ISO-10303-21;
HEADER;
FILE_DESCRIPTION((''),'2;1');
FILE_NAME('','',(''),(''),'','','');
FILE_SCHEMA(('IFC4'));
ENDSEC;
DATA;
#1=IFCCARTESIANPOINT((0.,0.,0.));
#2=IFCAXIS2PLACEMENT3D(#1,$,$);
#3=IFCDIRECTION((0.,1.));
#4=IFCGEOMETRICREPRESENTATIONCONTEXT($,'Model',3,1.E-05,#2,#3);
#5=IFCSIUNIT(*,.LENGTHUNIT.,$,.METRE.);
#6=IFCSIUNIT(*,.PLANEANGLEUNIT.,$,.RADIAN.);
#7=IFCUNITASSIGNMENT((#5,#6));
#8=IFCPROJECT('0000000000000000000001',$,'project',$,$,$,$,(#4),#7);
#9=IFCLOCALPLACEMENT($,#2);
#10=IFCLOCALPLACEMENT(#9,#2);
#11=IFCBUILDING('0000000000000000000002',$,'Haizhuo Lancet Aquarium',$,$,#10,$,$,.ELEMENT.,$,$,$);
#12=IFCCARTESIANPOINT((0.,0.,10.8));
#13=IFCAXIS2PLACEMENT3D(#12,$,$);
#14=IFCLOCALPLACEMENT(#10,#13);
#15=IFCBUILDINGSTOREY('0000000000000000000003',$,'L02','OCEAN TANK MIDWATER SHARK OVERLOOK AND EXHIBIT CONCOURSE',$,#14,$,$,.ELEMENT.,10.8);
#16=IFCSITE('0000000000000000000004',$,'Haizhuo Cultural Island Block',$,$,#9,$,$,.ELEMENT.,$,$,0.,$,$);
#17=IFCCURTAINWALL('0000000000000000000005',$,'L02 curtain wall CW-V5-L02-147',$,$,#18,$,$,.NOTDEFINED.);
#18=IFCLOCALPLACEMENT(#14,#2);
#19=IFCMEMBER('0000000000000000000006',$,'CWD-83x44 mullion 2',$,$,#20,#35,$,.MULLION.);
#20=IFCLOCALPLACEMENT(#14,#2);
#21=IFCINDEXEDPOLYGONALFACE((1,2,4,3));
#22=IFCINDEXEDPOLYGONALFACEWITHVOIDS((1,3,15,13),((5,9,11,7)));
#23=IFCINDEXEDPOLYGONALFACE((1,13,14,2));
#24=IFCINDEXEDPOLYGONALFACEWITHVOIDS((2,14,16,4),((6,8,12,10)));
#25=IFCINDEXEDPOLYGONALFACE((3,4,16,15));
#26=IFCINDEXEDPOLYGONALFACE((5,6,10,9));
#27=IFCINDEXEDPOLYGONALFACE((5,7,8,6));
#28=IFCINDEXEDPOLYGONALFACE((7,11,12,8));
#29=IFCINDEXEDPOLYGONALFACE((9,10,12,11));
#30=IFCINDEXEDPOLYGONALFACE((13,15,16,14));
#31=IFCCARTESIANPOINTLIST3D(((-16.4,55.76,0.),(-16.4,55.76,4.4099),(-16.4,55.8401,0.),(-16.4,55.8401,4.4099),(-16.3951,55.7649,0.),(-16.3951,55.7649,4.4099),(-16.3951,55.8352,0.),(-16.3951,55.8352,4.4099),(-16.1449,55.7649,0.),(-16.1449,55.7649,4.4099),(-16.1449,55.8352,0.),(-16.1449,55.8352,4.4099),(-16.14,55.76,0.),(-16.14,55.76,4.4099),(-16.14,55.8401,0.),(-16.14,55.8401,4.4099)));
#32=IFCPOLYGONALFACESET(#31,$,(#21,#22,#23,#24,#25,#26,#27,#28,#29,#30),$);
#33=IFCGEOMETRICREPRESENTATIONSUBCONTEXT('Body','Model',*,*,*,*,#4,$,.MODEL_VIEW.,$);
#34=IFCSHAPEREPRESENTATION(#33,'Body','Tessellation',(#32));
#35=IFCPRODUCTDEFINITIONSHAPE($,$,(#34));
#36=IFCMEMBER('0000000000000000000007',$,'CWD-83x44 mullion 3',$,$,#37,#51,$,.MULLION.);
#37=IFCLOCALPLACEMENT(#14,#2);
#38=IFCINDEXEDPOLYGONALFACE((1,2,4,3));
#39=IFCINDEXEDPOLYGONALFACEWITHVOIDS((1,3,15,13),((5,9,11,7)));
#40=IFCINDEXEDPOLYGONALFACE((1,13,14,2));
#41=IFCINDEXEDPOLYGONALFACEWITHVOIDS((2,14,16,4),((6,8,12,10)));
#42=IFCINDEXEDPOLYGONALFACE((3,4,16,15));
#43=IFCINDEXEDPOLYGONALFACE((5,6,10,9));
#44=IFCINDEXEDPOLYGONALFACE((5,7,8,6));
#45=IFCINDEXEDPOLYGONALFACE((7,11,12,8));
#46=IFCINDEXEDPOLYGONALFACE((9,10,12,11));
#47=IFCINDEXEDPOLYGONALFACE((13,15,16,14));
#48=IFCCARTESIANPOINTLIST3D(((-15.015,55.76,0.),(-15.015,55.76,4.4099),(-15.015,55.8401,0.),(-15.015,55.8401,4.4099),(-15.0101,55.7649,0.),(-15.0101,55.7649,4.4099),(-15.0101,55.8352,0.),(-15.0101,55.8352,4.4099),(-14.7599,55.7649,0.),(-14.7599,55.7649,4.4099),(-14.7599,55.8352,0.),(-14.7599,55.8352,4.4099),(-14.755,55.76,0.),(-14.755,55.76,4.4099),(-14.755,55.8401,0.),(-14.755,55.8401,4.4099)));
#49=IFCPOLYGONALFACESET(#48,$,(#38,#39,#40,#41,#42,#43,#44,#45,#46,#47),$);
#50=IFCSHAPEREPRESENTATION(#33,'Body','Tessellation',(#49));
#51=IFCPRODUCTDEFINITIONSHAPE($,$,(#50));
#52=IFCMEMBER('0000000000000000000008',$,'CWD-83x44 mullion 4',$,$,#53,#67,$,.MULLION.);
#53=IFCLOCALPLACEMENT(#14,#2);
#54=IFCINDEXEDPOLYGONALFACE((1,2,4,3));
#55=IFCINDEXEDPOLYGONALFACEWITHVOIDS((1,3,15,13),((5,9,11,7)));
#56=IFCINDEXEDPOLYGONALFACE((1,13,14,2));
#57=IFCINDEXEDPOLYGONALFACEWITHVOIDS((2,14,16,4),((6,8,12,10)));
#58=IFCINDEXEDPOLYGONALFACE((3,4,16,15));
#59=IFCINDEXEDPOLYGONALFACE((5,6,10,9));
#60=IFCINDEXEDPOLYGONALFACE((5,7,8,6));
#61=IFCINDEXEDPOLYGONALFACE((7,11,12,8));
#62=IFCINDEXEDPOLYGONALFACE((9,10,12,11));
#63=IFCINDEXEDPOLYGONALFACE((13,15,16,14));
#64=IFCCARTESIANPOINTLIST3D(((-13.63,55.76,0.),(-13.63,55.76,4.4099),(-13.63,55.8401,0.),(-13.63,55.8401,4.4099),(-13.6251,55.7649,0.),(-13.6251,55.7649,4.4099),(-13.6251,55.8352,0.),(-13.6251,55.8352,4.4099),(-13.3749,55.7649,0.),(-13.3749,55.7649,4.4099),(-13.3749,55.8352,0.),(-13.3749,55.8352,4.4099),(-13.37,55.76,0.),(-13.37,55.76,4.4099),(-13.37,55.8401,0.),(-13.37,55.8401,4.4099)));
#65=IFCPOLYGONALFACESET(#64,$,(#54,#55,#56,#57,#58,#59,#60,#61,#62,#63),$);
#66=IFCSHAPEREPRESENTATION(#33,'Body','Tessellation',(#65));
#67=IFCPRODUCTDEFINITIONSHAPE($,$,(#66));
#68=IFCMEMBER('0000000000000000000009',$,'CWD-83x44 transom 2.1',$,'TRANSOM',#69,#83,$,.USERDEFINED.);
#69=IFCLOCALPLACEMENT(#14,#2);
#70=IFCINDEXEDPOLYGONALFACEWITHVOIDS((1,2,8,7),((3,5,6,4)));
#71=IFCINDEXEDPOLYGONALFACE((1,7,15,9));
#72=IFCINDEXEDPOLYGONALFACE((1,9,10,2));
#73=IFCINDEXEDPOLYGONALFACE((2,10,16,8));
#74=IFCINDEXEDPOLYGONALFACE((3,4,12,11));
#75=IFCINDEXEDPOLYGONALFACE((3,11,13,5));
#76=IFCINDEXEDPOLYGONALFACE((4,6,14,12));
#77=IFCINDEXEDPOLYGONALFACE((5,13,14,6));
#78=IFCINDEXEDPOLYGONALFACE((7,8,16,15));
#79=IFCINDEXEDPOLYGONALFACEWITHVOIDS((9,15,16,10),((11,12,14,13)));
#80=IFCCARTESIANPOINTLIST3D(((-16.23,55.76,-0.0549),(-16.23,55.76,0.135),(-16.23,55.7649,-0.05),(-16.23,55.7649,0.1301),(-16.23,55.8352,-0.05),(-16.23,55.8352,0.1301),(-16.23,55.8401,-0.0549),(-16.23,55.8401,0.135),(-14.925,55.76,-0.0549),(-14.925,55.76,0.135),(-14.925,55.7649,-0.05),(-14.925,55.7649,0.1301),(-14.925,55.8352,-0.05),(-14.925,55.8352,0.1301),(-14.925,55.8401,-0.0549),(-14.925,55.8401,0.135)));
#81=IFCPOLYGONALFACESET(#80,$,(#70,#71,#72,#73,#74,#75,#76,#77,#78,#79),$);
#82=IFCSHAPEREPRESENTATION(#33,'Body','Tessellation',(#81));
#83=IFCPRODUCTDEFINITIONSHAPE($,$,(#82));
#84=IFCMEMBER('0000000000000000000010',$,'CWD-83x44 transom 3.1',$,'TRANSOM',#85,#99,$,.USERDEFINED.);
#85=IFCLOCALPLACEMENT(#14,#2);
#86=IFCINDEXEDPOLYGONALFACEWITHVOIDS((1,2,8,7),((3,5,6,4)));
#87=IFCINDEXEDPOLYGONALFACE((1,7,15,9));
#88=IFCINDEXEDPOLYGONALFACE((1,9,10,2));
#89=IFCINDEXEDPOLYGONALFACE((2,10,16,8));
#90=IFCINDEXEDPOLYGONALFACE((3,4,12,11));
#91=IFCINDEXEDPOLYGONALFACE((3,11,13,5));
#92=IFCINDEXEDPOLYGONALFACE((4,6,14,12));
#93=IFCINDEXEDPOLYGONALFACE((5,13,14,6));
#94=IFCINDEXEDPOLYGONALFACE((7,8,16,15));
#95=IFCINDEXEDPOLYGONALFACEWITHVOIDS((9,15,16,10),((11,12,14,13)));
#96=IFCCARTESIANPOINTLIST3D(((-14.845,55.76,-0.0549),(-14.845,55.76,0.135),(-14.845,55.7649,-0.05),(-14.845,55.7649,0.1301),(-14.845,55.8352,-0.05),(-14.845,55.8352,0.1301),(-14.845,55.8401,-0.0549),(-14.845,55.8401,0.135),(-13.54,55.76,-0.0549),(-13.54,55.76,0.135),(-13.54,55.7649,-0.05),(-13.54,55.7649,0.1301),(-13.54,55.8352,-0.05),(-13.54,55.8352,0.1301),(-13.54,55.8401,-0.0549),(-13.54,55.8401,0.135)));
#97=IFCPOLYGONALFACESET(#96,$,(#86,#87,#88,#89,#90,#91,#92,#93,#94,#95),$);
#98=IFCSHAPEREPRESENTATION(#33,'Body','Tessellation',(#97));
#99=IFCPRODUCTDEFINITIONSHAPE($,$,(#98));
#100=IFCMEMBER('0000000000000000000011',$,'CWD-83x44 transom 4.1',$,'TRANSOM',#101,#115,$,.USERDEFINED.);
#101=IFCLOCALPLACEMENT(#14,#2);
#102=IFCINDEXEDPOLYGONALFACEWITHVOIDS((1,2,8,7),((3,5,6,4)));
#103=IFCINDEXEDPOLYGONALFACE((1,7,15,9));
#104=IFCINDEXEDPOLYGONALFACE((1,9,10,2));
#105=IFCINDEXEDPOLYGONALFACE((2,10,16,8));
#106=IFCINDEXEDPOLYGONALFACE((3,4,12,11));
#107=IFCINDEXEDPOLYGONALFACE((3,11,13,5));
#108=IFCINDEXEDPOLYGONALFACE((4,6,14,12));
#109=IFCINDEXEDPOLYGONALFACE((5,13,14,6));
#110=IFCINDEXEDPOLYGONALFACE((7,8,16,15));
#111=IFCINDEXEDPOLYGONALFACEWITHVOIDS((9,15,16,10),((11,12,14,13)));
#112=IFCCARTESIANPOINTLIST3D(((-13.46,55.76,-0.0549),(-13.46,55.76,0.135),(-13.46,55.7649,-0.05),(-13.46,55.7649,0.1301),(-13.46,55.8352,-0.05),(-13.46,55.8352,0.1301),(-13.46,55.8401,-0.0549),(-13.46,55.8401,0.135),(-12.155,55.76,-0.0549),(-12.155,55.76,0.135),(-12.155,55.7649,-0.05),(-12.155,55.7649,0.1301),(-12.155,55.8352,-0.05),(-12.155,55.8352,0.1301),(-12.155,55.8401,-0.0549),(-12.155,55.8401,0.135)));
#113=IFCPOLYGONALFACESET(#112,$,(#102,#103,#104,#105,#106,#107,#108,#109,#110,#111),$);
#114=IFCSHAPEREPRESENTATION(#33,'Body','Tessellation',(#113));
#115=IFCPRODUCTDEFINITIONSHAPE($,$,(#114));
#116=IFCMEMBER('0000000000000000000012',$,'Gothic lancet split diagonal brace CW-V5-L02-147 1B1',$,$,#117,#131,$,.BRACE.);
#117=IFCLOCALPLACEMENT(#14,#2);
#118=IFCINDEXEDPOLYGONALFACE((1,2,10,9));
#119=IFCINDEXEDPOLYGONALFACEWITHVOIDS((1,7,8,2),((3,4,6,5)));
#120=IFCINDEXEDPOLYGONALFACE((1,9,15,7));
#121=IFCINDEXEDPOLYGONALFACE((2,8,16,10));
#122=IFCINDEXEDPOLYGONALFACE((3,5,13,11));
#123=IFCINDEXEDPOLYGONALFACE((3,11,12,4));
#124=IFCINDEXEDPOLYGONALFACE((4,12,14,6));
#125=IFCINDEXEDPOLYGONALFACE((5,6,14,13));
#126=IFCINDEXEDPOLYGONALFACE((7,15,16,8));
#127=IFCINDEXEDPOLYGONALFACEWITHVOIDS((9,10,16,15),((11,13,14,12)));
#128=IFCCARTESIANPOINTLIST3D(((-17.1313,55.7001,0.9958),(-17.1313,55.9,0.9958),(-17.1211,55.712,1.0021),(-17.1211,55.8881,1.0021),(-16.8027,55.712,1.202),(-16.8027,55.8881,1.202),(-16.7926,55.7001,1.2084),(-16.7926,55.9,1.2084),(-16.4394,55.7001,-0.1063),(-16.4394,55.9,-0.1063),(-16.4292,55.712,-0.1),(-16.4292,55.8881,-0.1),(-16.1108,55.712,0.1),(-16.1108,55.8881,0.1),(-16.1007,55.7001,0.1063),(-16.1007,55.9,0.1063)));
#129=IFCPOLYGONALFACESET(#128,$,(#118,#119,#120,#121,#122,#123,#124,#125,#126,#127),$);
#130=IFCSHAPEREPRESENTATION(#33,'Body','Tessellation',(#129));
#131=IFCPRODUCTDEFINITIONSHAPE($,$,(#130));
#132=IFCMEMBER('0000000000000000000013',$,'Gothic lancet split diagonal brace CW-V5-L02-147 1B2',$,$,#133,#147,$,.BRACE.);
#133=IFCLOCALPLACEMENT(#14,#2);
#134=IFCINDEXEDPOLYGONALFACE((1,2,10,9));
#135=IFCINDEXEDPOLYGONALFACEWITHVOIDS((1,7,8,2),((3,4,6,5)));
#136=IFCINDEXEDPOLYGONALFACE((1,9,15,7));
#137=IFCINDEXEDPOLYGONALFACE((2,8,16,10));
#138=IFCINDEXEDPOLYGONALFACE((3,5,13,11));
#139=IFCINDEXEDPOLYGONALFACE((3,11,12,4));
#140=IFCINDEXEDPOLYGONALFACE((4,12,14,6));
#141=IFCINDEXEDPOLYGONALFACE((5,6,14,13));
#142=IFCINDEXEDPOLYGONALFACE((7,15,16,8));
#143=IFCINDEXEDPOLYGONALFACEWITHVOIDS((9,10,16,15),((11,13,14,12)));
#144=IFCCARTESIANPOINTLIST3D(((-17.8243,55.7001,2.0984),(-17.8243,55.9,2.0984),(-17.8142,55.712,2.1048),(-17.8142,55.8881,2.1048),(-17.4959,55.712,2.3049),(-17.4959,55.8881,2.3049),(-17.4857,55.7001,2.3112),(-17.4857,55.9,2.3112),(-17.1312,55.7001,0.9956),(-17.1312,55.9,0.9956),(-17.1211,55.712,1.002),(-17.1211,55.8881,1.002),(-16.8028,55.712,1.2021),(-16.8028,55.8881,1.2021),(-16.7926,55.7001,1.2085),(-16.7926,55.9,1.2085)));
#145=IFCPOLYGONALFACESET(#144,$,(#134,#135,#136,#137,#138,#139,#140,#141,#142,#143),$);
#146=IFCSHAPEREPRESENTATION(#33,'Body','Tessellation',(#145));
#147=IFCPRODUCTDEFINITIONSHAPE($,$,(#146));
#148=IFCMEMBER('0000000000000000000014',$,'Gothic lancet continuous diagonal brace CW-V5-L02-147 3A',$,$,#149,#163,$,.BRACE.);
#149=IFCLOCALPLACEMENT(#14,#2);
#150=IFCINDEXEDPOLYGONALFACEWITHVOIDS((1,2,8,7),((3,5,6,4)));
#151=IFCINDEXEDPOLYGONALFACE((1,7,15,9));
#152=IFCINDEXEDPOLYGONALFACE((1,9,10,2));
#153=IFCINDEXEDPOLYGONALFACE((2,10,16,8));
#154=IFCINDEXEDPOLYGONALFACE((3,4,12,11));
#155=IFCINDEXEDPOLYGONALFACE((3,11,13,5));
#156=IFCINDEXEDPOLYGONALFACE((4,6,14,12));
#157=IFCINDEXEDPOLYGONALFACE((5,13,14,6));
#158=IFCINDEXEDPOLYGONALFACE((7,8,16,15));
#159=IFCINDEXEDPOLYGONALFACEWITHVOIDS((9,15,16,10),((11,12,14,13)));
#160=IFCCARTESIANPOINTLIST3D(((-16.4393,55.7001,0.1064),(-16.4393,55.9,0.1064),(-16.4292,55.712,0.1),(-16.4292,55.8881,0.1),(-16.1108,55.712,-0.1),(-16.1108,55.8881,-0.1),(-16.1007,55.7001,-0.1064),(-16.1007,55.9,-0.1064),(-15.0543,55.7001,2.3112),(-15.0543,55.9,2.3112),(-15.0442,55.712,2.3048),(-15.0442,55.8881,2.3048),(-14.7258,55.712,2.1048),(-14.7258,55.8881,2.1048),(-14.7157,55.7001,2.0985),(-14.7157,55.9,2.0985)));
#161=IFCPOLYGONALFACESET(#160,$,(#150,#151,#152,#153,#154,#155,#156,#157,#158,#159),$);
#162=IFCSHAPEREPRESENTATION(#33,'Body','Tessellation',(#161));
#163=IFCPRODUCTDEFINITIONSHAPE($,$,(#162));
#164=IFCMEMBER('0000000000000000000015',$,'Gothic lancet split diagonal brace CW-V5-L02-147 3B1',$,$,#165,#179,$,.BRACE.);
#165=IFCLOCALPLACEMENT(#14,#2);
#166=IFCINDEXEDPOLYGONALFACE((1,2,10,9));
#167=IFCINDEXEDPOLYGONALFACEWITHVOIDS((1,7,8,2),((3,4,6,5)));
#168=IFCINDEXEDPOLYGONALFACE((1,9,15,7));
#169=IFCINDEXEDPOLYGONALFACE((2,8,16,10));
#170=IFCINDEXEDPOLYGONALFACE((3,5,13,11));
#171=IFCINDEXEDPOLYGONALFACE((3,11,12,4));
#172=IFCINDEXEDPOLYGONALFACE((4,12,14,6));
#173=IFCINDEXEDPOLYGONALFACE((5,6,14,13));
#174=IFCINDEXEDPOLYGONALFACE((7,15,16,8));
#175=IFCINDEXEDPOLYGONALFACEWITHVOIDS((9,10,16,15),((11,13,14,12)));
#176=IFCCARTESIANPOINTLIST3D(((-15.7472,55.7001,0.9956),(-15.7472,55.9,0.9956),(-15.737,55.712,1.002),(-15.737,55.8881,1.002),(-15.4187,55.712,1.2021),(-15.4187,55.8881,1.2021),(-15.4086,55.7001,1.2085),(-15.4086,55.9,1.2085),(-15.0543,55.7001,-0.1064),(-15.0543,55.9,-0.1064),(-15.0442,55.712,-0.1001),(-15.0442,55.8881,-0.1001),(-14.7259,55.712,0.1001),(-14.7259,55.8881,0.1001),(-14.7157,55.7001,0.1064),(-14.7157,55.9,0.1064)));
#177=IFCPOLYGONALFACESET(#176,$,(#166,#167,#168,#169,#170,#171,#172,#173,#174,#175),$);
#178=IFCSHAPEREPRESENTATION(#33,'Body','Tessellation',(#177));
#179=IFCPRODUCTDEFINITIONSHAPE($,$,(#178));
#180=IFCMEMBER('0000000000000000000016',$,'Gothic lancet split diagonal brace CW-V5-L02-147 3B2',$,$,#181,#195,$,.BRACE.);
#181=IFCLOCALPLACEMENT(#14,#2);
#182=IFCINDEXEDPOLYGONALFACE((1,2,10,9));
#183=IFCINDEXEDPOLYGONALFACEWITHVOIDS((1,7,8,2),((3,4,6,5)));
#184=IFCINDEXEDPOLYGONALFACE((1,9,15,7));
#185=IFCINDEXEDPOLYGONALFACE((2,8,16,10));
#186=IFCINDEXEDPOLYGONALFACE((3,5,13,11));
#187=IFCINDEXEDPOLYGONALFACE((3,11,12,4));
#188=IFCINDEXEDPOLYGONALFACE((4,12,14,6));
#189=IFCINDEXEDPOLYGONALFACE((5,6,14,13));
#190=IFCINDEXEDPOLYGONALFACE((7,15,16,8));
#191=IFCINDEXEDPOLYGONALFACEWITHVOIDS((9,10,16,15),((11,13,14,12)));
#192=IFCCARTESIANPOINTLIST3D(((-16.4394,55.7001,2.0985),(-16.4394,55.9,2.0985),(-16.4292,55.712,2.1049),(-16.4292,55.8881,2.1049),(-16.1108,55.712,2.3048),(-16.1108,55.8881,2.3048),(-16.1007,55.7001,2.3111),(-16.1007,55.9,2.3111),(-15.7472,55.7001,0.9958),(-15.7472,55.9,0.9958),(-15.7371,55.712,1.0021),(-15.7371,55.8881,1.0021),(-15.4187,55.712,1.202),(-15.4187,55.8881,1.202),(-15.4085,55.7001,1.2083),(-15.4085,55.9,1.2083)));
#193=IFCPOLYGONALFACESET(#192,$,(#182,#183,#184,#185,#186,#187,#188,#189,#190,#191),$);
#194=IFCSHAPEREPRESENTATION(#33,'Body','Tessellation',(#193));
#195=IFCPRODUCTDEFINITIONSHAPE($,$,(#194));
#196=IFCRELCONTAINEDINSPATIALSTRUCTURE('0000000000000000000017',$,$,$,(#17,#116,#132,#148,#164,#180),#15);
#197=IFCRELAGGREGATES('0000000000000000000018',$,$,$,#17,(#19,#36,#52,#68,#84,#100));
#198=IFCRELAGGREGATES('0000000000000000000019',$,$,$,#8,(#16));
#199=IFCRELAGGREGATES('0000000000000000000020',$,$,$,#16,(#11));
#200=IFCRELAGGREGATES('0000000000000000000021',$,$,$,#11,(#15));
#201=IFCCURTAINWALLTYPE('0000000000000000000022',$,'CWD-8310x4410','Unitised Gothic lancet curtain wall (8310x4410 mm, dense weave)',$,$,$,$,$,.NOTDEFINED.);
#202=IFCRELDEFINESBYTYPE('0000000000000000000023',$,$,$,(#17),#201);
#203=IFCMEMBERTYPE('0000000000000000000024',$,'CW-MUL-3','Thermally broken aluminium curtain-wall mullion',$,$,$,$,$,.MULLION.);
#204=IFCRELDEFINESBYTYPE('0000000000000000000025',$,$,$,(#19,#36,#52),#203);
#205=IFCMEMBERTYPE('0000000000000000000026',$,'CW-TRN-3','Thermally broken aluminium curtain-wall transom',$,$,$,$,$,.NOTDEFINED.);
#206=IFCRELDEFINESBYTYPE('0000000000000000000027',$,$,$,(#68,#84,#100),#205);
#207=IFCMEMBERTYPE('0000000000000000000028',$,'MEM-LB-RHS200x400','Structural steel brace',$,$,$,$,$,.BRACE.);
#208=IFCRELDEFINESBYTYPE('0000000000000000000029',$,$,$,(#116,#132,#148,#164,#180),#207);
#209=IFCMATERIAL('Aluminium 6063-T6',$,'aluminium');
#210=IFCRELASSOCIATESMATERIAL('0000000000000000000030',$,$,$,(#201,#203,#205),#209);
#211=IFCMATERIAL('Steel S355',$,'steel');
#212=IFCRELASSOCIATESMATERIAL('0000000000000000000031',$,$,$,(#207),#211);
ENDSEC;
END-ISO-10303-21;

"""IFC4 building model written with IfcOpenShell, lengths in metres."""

from ifc_helpers import new_model, si_unit, direction, frame, origin, origin_2d, place, context, subcontext, project, spatial, hollow_rectangle, extrude, material, material_profile, profile_set, type_object, element, aggregate, save


model = new_model("IFC4")

# Units and contexts
model_context = context("Model", 3, precision=1e-05, world=origin(), true_north=direction((0.0, 1.0)))
body_context = subcontext(model_context, "Body", "Model", "MODEL_VIEW")
ifc_project = project(units=[si_unit("LENGTHUNIT", "METRE"), si_unit("PLANEANGLEUNIT", "RADIAN")], contexts=[model_context])

# Site, building, storey
site_placement = place(None, origin())
site = spatial("IfcSite", under=ifc_project, at=site_placement, Name="Haizhuo Cultural Island Block", CompositionType="ELEMENT", RefElevation=0.0)
building_placement = place(site_placement, origin())
building = spatial("IfcBuilding", under=site, at=building_placement, Name="Haizhuo Lancet Aquarium", CompositionType="ELEMENT")
storey_placement = place(building_placement, frame((0.0, 0.0, 10.8)))
storey = spatial("IfcBuildingStorey", under=building, at=storey_placement, Name="L02", Description="OCEAN TANK MIDWATER SHARK OVERLOOK AND EXHIBIT CONCOURSE", CompositionType="ELEMENT", Elevation=10.8)

# Curtain wall, members
ifc_material_1 = material(Name="Aluminium 6063-T6", Category="aluminium")
curtain_wall_type = type_object("IfcCurtainWallType", Name="CWD-8310x4410", Description="Unitised Gothic lancet curtain wall (8310x4410 mm, dense weave)", PredefinedType="NOTDEFINED", material=ifc_material_1)
curtain_wall_placement = place(storey_placement, origin())
curtain_wall = element("IfcCurtainWall", 1, at=curtain_wall_placement, inside=storey, type_object=curtain_wall_type, Name="L02 curtain wall CW-V5-L02-147", PredefinedType="NOTDEFINED")
ifc_material_profile_1 = material_profile(ifc_material_1, hollow_rectangle(XDim=0.0801, YDim=0.26, WallThickness=0.0049, at=origin_2d()), Name="ALU-M 80x260x5")
ifc_profile_set_1 = profile_set([ifc_material_profile_1], Name="Aluminium 6063-T6")
member_type_1 = type_object("IfcMemberType", Name="CW-MUL-3", Description="Thermally broken aluminium curtain-wall mullion", PredefinedType="MULLION", material=ifc_profile_set_1)
member_1_placement = place(storey_placement, frame((-16.27, 55.8, 0.0), z_axis=(0.0, 0.0, 1.0), x_axis=(0.0, 1.0, 0.0)))
member_1 = element("IfcMember", 2, at=member_1_placement, type_object=member_type_1, Name="CWD-83x44 mullion 2", PredefinedType="MULLION", context=body_context, shape_type="SweptSolid", body=[
    extrude(hollow_rectangle(XDim=0.0801, YDim=0.26, WallThickness=0.0049, at=origin_2d()), origin(), (0.0, 0.0, 1.0), 4.4099),
])
member_2_placement = place(storey_placement, frame((-14.885, 55.8, 0.0), z_axis=(0.0, 0.0, 1.0), x_axis=(0.0, 1.0, 0.0)))
member_2 = element("IfcMember", 3, at=member_2_placement, type_object=member_type_1, Name="CWD-83x44 mullion 3", PredefinedType="MULLION", context=body_context, shape_type="SweptSolid", body=[
    extrude(hollow_rectangle(XDim=0.0801, YDim=0.26, WallThickness=0.0049, at=origin_2d()), origin(), (0.0, 0.0, 1.0), 4.4099),
])
member_3_placement = place(storey_placement, frame((-13.5, 55.8, 0.0), z_axis=(0.0, 0.0, 1.0), x_axis=(0.0, 1.0, 0.0)))
member_3 = element("IfcMember", 4, at=member_3_placement, type_object=member_type_1, Name="CWD-83x44 mullion 4", PredefinedType="MULLION", context=body_context, shape_type="SweptSolid", body=[
    extrude(hollow_rectangle(XDim=0.0801, YDim=0.26, WallThickness=0.0049, at=origin_2d()), origin(), (0.0, 0.0, 1.0), 4.4099),
])
ifc_material_profile_2 = material_profile(ifc_material_1, hollow_rectangle(XDim=0.0801, YDim=0.1899, WallThickness=0.0049, at=origin_2d()), Name="ALU-T 80x190x5")
ifc_profile_set_2 = profile_set([ifc_material_profile_2], Name="Aluminium 6063-T6")
member_type_2 = type_object("IfcMemberType", Name="CW-TRN-3", Description="Thermally broken aluminium curtain-wall transom", PredefinedType="NOTDEFINED", material=ifc_profile_set_2)
member_4_placement = place(storey_placement, frame((-16.23, 55.8, 0.04), z_axis=(1.0, 0.0, 0.0), x_axis=(0.0, 1.0, 0.0)))
member_4 = element("IfcMember", 5, at=member_4_placement, type_object=member_type_2, Name="CWD-83x44 transom 2.1", ObjectType="TRANSOM", PredefinedType="USERDEFINED", context=body_context, shape_type="SweptSolid", body=[
    extrude(hollow_rectangle(XDim=0.0801, YDim=0.1899, WallThickness=0.0049, at=origin_2d()), origin(), (0.0, 0.0, 1.0), 1.3049),
])
member_5_placement = place(storey_placement, frame((-14.845, 55.8, 0.04), z_axis=(1.0, 0.0, 0.0), x_axis=(0.0, 1.0, 0.0)))
member_5 = element("IfcMember", 6, at=member_5_placement, type_object=member_type_2, Name="CWD-83x44 transom 3.1", ObjectType="TRANSOM", PredefinedType="USERDEFINED", context=body_context, shape_type="SweptSolid", body=[
    extrude(hollow_rectangle(XDim=0.0801, YDim=0.1899, WallThickness=0.0049, at=origin_2d()), origin(), (0.0, 0.0, 1.0), 1.3049),
])
member_6_placement = place(storey_placement, frame((-13.46, 55.8, 0.04), z_axis=(1.0, 0.0, 0.0), x_axis=(0.0, 1.0, 0.0)))
member_6 = element("IfcMember", 7, at=member_6_placement, type_object=member_type_2, Name="CWD-83x44 transom 4.1", ObjectType="TRANSOM", PredefinedType="USERDEFINED", context=body_context, shape_type="SweptSolid", body=[
    extrude(hollow_rectangle(XDim=0.0801, YDim=0.1899, WallThickness=0.0049, at=origin_2d()), origin(), (0.0, 0.0, 1.0), 1.3049),
])

# Members
ifc_material_2 = material(Name="Steel S355", Category="steel")
ifc_material_profile_3 = material_profile(ifc_material_2, hollow_rectangle(XDim=0.2, YDim=0.3999, WallThickness=0.012, at=origin_2d()), Name="RHS 200x400x12")
ifc_profile_set_3 = profile_set([ifc_material_profile_3], Name="Steel S355")
member_type_3 = type_object("IfcMemberType", Name="MEM-LB-RHS200x400", Description="Structural steel brace", PredefinedType="BRACE", material=ifc_profile_set_3)
member_7_placement = place(storey_placement, frame((-16.27, 55.8, 0.0), z_axis=(-0.531718, 0.0, 0.846921), x_axis=(0.0, -1.0, 0.0)))
element("IfcMember", 8, at=member_7_placement, inside=storey, type_object=member_type_3, Name="Gothic lancet split diagonal brace CW-V5-L02-147 1B1", PredefinedType="BRACE", context=body_context, shape_type="SweptSolid", body=[
    extrude(hollow_rectangle(XDim=0.2, YDim=0.3999, WallThickness=0.012, at=origin_2d()), origin(), (0.0, 0.0, 1.0), 1.3013),
])
member_8_placement = place(storey_placement, frame((-16.9619, 55.8, 1.1021), z_axis=(-0.532137, 0.0, 0.846658), x_axis=(0.0, -1.0, 0.0)))
element("IfcMember", 9, at=member_8_placement, inside=storey, type_object=member_type_3, Name="Gothic lancet split diagonal brace CW-V5-L02-147 1B2", PredefinedType="BRACE", context=body_context, shape_type="SweptSolid", body=[
    extrude(hollow_rectangle(XDim=0.2, YDim=0.3999, WallThickness=0.012, at=origin_2d()), origin(), (0.0, 0.0, 1.0), 1.3025),
])
member_9_placement = place(storey_placement, frame((-16.27, 55.8, 0.0), z_axis=(0.531928, 0.0, 0.84679), x_axis=(0.0, 1.0, 0.0)))
element("IfcMember", 10, at=member_9_placement, inside=storey, type_object=member_type_3, Name="Gothic lancet continuous diagonal brace CW-V5-L02-147 3A", PredefinedType="BRACE", context=body_context, shape_type="SweptSolid", body=[
    extrude(hollow_rectangle(XDim=0.2, YDim=0.3999, WallThickness=0.012, at=origin_2d()), origin(), (0.0, 0.0, 1.0), 2.6038),
])
member_10_placement = place(storey_placement, frame((-14.885, 55.8, 0.0), z_axis=(-0.532256, 0.0, 0.846583), x_axis=(0.0, -1.0, 0.0)))
element("IfcMember", 11, at=member_10_placement, inside=storey, type_object=member_type_3, Name="Gothic lancet split diagonal brace CW-V5-L02-147 3B1", PredefinedType="BRACE", context=body_context, shape_type="SweptSolid", body=[
    extrude(hollow_rectangle(XDim=0.2, YDim=0.3999, WallThickness=0.012, at=origin_2d()), origin(), (0.0, 0.0, 1.0), 1.3018),
])
member_11_placement = place(storey_placement, frame((-15.5779, 55.8, 1.1021), z_axis=(-0.531599, 0.0, 0.846996), x_axis=(0.0, -1.0, 0.0)))
element("IfcMember", 12, at=member_11_placement, inside=storey, type_object=member_type_3, Name="Gothic lancet split diagonal brace CW-V5-L02-147 3B2", PredefinedType="BRACE", context=body_context, shape_type="SweptSolid", body=[
    extrude(hollow_rectangle(XDim=0.2, YDim=0.3999, WallThickness=0.012, at=origin_2d()), origin(), (0.0, 0.0, 1.0), 1.302),
])

aggregate(curtain_wall, [member_1, member_2, member_3, member_4, member_5, member_6])

save(model, "model.ifc")
